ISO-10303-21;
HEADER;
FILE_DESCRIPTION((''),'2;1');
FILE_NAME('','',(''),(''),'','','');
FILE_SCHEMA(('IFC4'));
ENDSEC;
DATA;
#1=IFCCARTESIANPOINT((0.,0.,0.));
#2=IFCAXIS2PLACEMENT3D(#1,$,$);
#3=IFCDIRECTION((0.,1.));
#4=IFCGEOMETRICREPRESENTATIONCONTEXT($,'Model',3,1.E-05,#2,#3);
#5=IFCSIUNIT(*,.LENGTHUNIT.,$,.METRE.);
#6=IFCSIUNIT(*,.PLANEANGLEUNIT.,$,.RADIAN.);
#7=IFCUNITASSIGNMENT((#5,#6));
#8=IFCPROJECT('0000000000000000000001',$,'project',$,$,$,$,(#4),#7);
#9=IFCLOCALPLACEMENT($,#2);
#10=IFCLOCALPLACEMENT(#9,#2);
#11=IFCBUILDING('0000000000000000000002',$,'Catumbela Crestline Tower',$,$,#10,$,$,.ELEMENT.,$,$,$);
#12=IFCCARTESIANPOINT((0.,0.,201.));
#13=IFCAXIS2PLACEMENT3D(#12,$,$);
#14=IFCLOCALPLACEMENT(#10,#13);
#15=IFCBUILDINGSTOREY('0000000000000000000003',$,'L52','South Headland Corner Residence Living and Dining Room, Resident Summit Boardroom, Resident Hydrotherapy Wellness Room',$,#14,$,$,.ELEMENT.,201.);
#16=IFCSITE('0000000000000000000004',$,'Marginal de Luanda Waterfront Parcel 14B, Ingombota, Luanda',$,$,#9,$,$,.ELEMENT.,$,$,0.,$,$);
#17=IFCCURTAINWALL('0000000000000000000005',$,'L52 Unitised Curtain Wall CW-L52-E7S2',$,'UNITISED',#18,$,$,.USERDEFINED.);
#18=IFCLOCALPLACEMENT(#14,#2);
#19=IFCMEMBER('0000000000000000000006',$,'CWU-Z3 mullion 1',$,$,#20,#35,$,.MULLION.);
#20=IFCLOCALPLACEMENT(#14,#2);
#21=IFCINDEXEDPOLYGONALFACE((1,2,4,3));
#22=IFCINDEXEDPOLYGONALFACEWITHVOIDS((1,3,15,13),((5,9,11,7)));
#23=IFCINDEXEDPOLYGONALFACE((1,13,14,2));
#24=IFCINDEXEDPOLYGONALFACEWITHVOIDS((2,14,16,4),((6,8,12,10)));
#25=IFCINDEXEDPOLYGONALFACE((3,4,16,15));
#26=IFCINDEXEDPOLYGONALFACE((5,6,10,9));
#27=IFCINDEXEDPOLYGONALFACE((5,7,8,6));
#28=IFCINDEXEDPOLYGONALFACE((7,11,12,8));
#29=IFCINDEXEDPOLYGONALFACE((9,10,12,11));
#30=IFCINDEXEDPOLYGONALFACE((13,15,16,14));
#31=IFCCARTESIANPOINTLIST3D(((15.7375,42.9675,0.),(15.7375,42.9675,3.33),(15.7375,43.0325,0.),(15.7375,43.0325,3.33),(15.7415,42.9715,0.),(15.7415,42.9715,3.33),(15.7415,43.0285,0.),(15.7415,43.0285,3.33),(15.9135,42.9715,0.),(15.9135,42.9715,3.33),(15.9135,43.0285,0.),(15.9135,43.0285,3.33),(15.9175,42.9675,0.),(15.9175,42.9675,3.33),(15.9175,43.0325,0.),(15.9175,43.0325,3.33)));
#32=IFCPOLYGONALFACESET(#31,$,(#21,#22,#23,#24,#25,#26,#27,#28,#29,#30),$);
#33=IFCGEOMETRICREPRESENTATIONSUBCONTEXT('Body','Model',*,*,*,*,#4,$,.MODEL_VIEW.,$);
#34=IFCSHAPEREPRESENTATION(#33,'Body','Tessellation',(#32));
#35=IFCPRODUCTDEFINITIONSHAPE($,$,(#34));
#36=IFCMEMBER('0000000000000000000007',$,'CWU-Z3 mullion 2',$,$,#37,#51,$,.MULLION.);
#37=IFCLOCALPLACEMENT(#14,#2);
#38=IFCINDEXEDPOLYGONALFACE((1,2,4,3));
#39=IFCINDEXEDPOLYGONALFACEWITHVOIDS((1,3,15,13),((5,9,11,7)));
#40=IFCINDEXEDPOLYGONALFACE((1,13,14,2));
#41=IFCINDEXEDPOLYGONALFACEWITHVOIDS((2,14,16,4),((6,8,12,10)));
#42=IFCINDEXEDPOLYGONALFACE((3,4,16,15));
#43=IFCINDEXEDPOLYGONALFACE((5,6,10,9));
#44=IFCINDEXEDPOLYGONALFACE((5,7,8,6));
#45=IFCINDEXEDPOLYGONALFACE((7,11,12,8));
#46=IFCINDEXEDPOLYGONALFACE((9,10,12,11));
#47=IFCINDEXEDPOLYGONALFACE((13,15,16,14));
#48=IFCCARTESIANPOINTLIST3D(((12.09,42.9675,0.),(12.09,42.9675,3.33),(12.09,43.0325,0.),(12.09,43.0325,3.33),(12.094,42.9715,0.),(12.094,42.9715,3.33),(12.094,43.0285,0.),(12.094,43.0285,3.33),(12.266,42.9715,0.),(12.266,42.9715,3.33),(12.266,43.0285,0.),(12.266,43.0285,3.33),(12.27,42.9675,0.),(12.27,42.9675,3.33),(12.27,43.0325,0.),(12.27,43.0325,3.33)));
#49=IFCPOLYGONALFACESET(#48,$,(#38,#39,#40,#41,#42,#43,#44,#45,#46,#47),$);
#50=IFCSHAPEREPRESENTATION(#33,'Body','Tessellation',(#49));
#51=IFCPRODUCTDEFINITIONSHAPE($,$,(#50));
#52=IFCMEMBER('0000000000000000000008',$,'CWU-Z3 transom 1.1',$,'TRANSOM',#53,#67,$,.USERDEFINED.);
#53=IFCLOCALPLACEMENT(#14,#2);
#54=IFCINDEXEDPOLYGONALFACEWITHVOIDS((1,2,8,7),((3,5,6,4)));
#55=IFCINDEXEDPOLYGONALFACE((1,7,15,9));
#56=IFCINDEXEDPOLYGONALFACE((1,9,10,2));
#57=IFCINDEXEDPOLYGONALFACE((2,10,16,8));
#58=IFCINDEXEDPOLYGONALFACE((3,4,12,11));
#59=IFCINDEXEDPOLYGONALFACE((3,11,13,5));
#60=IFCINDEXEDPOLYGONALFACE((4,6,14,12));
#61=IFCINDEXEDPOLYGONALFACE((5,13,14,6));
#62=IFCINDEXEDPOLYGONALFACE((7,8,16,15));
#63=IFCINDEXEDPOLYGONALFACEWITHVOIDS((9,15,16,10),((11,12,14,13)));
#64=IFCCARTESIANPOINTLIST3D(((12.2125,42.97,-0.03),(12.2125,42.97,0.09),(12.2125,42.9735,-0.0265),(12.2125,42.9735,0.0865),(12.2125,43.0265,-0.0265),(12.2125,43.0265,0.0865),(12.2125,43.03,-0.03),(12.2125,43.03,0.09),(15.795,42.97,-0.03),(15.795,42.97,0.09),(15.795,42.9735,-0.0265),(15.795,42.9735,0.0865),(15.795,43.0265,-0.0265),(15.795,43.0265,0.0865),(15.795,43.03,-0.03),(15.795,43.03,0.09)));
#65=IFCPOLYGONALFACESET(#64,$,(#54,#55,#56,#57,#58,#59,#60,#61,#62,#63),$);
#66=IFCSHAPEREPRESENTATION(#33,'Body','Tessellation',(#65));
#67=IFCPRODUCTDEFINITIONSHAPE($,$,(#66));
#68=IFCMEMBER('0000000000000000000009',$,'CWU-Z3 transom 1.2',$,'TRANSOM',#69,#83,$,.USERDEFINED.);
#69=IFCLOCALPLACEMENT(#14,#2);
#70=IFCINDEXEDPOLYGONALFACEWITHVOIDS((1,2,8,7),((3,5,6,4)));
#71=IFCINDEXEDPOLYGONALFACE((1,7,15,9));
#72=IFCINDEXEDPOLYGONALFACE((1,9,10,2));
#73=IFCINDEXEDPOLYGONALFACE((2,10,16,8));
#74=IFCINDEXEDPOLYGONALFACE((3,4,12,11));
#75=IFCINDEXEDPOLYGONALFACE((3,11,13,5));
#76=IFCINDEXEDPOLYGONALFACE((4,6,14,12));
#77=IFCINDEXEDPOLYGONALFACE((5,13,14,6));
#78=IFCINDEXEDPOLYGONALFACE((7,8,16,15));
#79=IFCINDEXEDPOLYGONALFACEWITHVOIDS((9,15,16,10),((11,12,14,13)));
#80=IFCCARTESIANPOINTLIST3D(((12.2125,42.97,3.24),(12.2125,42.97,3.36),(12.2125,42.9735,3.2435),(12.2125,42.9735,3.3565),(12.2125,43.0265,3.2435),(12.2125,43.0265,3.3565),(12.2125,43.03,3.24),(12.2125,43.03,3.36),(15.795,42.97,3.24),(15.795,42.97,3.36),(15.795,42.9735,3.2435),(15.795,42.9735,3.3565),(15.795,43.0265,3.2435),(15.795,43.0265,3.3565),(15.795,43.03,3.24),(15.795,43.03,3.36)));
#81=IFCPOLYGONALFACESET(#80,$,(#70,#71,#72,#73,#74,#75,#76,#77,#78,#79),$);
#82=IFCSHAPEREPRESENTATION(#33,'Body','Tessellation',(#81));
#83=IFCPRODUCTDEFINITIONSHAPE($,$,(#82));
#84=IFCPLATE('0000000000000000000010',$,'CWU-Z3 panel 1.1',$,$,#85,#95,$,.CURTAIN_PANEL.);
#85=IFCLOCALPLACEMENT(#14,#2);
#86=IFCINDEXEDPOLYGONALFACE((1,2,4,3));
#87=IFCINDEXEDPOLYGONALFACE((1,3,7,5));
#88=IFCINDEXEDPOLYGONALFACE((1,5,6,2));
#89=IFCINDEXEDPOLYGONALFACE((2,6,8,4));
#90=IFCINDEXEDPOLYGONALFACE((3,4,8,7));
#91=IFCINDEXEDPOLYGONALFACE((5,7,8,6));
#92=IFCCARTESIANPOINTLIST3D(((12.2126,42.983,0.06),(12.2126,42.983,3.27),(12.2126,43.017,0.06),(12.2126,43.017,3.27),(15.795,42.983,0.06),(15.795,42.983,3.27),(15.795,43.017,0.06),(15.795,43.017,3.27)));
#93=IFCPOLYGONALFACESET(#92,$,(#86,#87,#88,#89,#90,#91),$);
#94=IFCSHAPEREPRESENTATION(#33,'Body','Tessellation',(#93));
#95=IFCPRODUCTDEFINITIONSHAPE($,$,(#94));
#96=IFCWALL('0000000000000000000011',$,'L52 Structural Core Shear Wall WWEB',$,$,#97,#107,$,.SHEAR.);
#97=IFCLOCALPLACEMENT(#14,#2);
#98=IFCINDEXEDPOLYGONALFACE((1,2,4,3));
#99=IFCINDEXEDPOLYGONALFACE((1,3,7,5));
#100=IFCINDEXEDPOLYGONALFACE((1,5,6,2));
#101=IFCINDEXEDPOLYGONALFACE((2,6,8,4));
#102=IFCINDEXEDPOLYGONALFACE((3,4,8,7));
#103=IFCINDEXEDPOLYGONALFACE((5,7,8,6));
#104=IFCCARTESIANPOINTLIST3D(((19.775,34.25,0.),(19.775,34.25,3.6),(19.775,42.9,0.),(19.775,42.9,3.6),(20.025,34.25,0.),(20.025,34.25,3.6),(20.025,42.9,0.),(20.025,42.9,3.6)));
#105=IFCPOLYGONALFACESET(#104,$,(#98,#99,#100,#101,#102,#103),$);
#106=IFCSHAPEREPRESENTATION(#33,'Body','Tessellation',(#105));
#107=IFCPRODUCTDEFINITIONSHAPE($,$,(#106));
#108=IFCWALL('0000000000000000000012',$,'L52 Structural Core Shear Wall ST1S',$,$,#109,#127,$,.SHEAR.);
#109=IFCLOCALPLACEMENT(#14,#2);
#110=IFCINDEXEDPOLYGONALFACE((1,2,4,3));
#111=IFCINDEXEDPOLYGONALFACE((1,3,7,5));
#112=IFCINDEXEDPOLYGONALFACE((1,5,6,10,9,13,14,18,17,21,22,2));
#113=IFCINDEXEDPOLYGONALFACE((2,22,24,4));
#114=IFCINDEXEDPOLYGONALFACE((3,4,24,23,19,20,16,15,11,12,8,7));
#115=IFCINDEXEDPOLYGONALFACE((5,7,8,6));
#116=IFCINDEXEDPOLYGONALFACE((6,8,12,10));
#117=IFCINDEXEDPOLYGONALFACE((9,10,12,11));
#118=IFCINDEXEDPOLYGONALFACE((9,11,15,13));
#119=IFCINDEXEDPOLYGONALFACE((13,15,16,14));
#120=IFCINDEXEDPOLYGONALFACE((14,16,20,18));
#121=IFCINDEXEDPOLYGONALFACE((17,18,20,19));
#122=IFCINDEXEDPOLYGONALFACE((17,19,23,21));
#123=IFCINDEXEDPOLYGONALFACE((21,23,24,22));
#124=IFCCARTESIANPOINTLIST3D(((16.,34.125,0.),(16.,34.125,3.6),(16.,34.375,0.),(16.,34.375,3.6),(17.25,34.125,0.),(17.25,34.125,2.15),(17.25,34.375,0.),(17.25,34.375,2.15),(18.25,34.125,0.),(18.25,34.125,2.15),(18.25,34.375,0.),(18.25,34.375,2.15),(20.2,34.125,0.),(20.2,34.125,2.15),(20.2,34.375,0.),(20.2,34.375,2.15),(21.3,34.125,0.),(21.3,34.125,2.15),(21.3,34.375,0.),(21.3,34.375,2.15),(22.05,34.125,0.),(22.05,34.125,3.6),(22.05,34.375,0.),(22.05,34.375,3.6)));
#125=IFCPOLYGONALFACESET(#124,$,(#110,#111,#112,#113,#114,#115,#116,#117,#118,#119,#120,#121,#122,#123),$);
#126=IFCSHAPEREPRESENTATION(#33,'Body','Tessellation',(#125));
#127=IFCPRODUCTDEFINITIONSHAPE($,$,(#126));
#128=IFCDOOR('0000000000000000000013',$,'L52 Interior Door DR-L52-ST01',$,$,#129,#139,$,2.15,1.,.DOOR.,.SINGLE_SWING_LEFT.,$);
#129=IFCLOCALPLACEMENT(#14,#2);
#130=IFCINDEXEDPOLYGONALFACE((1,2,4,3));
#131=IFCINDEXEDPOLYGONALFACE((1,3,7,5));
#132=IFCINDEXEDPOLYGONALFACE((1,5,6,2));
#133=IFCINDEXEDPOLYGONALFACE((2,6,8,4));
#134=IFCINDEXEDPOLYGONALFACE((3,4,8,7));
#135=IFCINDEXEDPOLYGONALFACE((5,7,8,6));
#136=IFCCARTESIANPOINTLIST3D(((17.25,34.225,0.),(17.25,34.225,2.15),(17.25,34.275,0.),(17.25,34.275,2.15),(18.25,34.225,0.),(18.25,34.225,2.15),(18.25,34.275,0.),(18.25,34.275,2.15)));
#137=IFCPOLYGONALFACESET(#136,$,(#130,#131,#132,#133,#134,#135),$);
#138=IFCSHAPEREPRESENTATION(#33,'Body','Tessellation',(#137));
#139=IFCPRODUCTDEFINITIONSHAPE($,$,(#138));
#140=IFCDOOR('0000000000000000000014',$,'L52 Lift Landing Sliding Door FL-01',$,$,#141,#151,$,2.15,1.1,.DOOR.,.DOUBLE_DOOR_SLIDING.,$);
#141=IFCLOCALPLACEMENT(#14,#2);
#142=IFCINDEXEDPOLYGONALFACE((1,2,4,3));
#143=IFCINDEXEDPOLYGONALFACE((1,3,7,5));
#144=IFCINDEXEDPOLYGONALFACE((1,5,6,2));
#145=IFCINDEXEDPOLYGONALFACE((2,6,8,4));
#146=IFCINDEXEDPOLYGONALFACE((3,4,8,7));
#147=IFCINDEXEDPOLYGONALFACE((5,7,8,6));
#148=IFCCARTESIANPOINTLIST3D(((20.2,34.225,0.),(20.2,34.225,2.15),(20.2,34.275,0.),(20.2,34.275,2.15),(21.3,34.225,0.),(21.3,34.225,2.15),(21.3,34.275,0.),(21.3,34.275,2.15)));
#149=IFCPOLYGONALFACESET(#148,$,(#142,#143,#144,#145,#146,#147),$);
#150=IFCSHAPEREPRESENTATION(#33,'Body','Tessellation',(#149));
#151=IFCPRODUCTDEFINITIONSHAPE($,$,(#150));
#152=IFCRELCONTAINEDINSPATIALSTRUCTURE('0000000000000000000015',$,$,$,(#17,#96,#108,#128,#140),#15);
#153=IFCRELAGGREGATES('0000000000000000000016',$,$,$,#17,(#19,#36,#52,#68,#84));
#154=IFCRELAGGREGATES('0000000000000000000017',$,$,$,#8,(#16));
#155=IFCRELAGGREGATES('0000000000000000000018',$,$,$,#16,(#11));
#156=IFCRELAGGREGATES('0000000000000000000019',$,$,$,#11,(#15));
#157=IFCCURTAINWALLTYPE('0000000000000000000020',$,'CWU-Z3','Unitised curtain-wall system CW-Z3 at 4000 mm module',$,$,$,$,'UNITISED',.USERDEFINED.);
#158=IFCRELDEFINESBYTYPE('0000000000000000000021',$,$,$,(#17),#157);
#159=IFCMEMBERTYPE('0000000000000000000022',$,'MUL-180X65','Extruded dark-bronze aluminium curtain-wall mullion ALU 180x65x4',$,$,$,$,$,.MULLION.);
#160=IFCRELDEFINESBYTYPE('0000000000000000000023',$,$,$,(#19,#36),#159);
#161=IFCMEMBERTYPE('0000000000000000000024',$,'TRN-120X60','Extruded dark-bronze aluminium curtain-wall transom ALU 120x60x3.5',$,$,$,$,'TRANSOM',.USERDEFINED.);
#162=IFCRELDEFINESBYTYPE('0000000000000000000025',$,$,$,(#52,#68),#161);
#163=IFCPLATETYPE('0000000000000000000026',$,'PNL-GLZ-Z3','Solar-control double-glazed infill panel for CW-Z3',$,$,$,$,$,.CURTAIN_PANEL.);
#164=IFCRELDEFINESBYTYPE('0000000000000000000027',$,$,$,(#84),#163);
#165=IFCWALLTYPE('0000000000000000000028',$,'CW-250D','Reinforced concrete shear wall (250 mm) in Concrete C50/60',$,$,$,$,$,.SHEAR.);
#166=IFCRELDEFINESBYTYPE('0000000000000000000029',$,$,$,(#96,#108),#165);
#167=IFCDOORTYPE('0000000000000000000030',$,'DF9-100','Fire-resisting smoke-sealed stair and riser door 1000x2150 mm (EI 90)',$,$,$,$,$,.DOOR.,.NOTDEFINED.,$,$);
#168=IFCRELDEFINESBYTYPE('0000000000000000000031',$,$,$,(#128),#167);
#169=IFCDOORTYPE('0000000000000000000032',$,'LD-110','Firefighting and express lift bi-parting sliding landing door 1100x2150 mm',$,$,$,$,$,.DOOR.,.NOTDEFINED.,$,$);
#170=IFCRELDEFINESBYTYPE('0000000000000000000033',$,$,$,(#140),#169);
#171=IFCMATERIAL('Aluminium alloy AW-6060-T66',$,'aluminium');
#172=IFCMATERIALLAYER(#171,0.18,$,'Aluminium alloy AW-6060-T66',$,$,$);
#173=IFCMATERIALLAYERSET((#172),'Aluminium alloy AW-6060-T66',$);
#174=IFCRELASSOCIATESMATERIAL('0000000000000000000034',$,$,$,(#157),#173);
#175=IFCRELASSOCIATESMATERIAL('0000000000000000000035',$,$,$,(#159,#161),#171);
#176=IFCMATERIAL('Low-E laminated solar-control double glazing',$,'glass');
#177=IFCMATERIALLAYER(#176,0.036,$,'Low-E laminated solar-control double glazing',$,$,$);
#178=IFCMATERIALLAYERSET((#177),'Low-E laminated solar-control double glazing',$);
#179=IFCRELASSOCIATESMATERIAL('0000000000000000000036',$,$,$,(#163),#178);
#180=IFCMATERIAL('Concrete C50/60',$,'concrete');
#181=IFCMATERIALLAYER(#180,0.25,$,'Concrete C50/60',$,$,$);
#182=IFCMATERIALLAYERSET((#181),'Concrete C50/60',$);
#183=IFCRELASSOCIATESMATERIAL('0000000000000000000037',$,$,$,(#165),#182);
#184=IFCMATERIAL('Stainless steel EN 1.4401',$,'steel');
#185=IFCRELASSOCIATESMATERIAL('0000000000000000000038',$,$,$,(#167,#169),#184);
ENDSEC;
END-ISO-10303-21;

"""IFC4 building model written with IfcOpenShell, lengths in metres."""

from ifc_helpers import new_model, si_unit, direction, frame, frame_2d, origin, origin_2d, place, context, subcontext, project, spatial, rectangle, hollow_rectangle, extrude, material, layer, layer_set, material_profile, profile_set, type_object, element, fill, aggregate, save


model = new_model("IFC4")

# Units and contexts
model_context = context("Model", 3, precision=1e-05, world=origin(), true_north=direction((0.0, 1.0)))
body_context = subcontext(model_context, "Body", "Model", "MODEL_VIEW")
ifc_project = project(units=[si_unit("LENGTHUNIT", "METRE"), si_unit("PLANEANGLEUNIT", "RADIAN")], contexts=[model_context])

# Site, building, storey
site_placement = place(None, origin())
site = spatial("IfcSite", under=ifc_project, at=site_placement, Name="Marginal de Luanda Waterfront Parcel 14B, Ingombota, Luanda", CompositionType="ELEMENT", RefElevation=0.0)
building_placement = place(site_placement, origin())
building = spatial("IfcBuilding", under=site, at=building_placement, Name="Catumbela Crestline Tower", CompositionType="ELEMENT")
storey_placement = place(building_placement, frame((0.0, 0.0, 201.0)))
storey = spatial("IfcBuildingStorey", under=building, at=storey_placement, Name="L52", Description="South Headland Corner Residence Living and Dining Room, Resident Summit Boardroom, Resident Hydrotherapy Wellness Room", CompositionType="ELEMENT", Elevation=201.0)

# Curtain wall, members, plate
ifc_material_1 = material(Name="Aluminium alloy AW-6060-T66", Category="aluminium")
ifc_layer_1 = layer(ifc_material_1, 0.18, Name="Aluminium alloy AW-6060-T66")
ifc_layer_set_1 = layer_set([ifc_layer_1], Name="Aluminium alloy AW-6060-T66")
curtain_wall_type = type_object("IfcCurtainWallType", Name="CWU-Z3", Description="Unitised curtain-wall system CW-Z3 at 4000 mm module", ElementType="UNITISED", PredefinedType="USERDEFINED", material=ifc_layer_set_1)
curtain_wall_placement = place(storey_placement, origin())
curtain_wall = element("IfcCurtainWall", 1, at=curtain_wall_placement, inside=storey, type_object=curtain_wall_type, Name="L52 Unitised Curtain Wall CW-L52-E7S2", ObjectType="UNITISED", PredefinedType="USERDEFINED")
ifc_material_profile_1 = material_profile(ifc_material_1, hollow_rectangle(XDim=0.065, YDim=0.18, WallThickness=0.004, at=origin_2d()), Name="ALU 180x65x4")
ifc_profile_set_1 = profile_set([ifc_material_profile_1], Name="Aluminium alloy AW-6060-T66")
member_type_1 = type_object("IfcMemberType", Name="MUL-180X65", Description="Extruded dark-bronze aluminium curtain-wall mullion ALU 180x65x4", PredefinedType="MULLION", material=ifc_profile_set_1)
member_1_placement = place(storey_placement, frame((15.8275, 43.0, 0.0), z_axis=(0.0, 0.0, 1.0), x_axis=(0.0, -1.0, 0.0)))
member_1 = element("IfcMember", 2, at=member_1_placement, type_object=member_type_1, Name="CWU-Z3 mullion 1", PredefinedType="MULLION", context=body_context, shape_type="SweptSolid", body=[
    extrude(hollow_rectangle(XDim=0.065, YDim=0.18, WallThickness=0.004, at=origin_2d()), origin(), (0.0, 0.0, 1.0), 3.33),
])
member_2_placement = place(storey_placement, frame((12.18, 43.0, 0.0), z_axis=(0.0, 0.0, 1.0), x_axis=(0.0, -1.0, 0.0)))
member_2 = element("IfcMember", 3, at=member_2_placement, type_object=member_type_1, Name="CWU-Z3 mullion 2", PredefinedType="MULLION", context=body_context, shape_type="SweptSolid", body=[
    extrude(hollow_rectangle(XDim=0.065, YDim=0.18, WallThickness=0.004, at=origin_2d()), origin(), (0.0, 0.0, 1.0), 3.33),
])
ifc_material_profile_2 = material_profile(ifc_material_1, hollow_rectangle(XDim=0.06, YDim=0.12, WallThickness=0.0035, at=origin_2d()), Name="ALU 120x60x3.5")
ifc_profile_set_2 = profile_set([ifc_material_profile_2], Name="Aluminium alloy AW-6060-T66")
member_type_2 = type_object("IfcMemberType", Name="TRN-120X60", Description="Extruded dark-bronze aluminium curtain-wall transom ALU 120x60x3.5", ElementType="TRANSOM", PredefinedType="USERDEFINED", material=ifc_profile_set_2)
member_3_placement = place(storey_placement, frame((15.795, 43.0, 0.03), z_axis=(-1.0, 0.0, 0.0), x_axis=(0.0, -1.0, 0.0)))
member_3 = element("IfcMember", 4, at=member_3_placement, type_object=member_type_2, Name="CWU-Z3 transom 1.1", ObjectType="TRANSOM", PredefinedType="USERDEFINED", context=body_context, shape_type="SweptSolid", body=[
    extrude(hollow_rectangle(XDim=0.06, YDim=0.12, WallThickness=0.0035, at=origin_2d()), origin(), (0.0, 0.0, 1.0), 3.5825),
])
member_4_placement = place(storey_placement, frame((15.795, 43.0, 3.3), z_axis=(-1.0, 0.0, 0.0), x_axis=(0.0, -1.0, 0.0)))
member_4 = element("IfcMember", 5, at=member_4_placement, type_object=member_type_2, Name="CWU-Z3 transom 1.2", ObjectType="TRANSOM", PredefinedType="USERDEFINED", context=body_context, shape_type="SweptSolid", body=[
    extrude(hollow_rectangle(XDim=0.06, YDim=0.12, WallThickness=0.0035, at=origin_2d()), origin(), (0.0, 0.0, 1.0), 3.5825),
])
ifc_material_2 = material(Name="Low-E laminated solar-control double glazing", Category="glass")
ifc_layer_2 = layer(ifc_material_2, 0.036, Name="Low-E laminated solar-control double glazing")
ifc_layer_set_2 = layer_set([ifc_layer_2], Name="Low-E laminated solar-control double glazing")
plate_type = type_object("IfcPlateType", Name="PNL-GLZ-Z3", Description="Solar-control double-glazed infill panel for CW-Z3", PredefinedType="CURTAIN_PANEL", material=ifc_layer_set_2)
plate_placement = place(storey_placement, frame((14.0038, 43.0, 0.06), z_axis=(0.0, 0.0, 1.0), x_axis=(-1.0, 0.0, 0.0)))
plate = element("IfcPlate", 6, at=plate_placement, type_object=plate_type, Name="CWU-Z3 panel 1.1", PredefinedType="CURTAIN_PANEL", context=body_context, shape_type="SweptSolid", body=[
    extrude(rectangle(XDim=3.5825, YDim=0.034, at=origin_2d()), origin(), (0.0, 0.0, 1.0), 3.21),
])
aggregate(curtain_wall, [member_1, member_2, member_3, member_4, plate])

# Wall
ifc_material_3 = material(Name="Concrete C50/60", Category="concrete")
ifc_layer_3 = layer(ifc_material_3, 0.25, Name="Concrete C50/60")
ifc_layer_set_3 = layer_set([ifc_layer_3], Name="Concrete C50/60")
wall_type_1 = type_object("IfcWallType", Name="CW-250D", Description="Reinforced concrete shear wall (250 mm) in Concrete C50/60", PredefinedType="SHEAR", material=ifc_layer_set_3)
wall_1_placement = place(storey_placement, frame((19.9, 34.25, 0.0), z_axis=(0.0, 0.0, 1.0), x_axis=(0.0, 1.0, 0.0)))
element("IfcWall", 7, at=wall_1_placement, inside=storey, type_object=wall_type_1, Name="L52 Structural Core Shear Wall WWEB", PredefinedType="SHEAR", context=body_context, shape_type="SweptSolid", body=[
    extrude(rectangle(XDim=8.65, YDim=0.25, at=frame_2d((4.325, 0.0))), origin(), (0.0, 0.0, 1.0), 3.6),
])

# Wall, openings, doors
wall_2_placement = place(storey_placement, frame((16.0, 34.25, 0.0), z_axis=(0.0, 0.0, 1.0), x_axis=(1.0, 0.0, 0.0)))
wall_2 = element("IfcWall", 8, at=wall_2_placement, inside=storey, type_object=wall_type_1, Name="L52 Structural Core Shear Wall ST1S", PredefinedType="SHEAR", context=body_context, shape_type="SweptSolid", body=[
    extrude(rectangle(XDim=6.05, YDim=0.25, at=frame_2d((3.025, 0.0))), origin(), (0.0, 0.0, 1.0), 3.6),
])
opening_1_placement = place(wall_2_placement, frame((1.25, 0.0, 0.0)))
opening_1 = element("IfcOpeningElement", 9, at=opening_1_placement, cuts=wall_2, PredefinedType="OPENING", context=body_context, shape_type="SweptSolid", body=[
    extrude(rectangle(XDim=1.0, YDim=2.15, at=frame_2d((0.5, 1.075))), frame((0.0, 0.135, 0.0), z_axis=(0.0, -1.0, 0.0), x_axis=(1.0, 0.0, 0.0)), (0.0, 0.0, 1.0), 0.27),
])
opening_2_placement = place(wall_2_placement, frame((4.2, 0.0, 0.0)))
opening_2 = element("IfcOpeningElement", 10, at=opening_2_placement, cuts=wall_2, PredefinedType="OPENING", context=body_context, shape_type="SweptSolid", body=[
    extrude(rectangle(XDim=1.1, YDim=2.15, at=frame_2d((0.55, 1.075))), frame((0.0, 0.135, 0.0), z_axis=(0.0, -1.0, 0.0), x_axis=(1.0, 0.0, 0.0)), (0.0, 0.0, 1.0), 0.27),
])
ifc_material_4 = material(Name="Stainless steel EN 1.4401", Category="steel")
door_type_1 = type_object("IfcDoorType", Name="DF9-100", Description="Fire-resisting smoke-sealed stair and riser door 1000x2150 mm (EI 90)", OperationType="NOTDEFINED", PredefinedType="DOOR", material=ifc_material_4)
door_1_placement = place(opening_1_placement, origin())
door_1 = element("IfcDoor", 11, at=door_1_placement, inside=storey, type_object=door_type_1, Name="L52 Interior Door DR-L52-ST01", OperationType="SINGLE_SWING_LEFT", OverallHeight=2.15, OverallWidth=1.0, PredefinedType="DOOR", context=body_context, shape_type="SweptSolid", body=[
    extrude(rectangle(XDim=1.0, YDim=2.15, at=frame_2d((0.5, 1.075))), frame((0.0, 0.025, 0.0), z_axis=(0.0, -1.0, 0.0), x_axis=(1.0, 0.0, 0.0)), (0.0, 0.0, 1.0), 0.05),
])
fill(opening_1, door_1)
door_type_2 = type_object("IfcDoorType", Name="LD-110", Description="Firefighting and express lift bi-parting sliding landing door 1100x2150 mm", OperationType="NOTDEFINED", PredefinedType="DOOR", material=ifc_material_4)
door_2_placement = place(opening_2_placement, origin())
door_2 = element("IfcDoor", 12, at=door_2_placement, inside=storey, type_object=door_type_2, Name="L52 Lift Landing Sliding Door FL-01", OperationType="DOUBLE_DOOR_SLIDING", OverallHeight=2.15, OverallWidth=1.1, PredefinedType="DOOR", context=body_context, shape_type="SweptSolid", body=[
    extrude(rectangle(XDim=1.1, YDim=2.15, at=frame_2d((0.55, 1.075))), frame((0.0, 0.025, 0.0), z_axis=(0.0, -1.0, 0.0), x_axis=(1.0, 0.0, 0.0)), (0.0, 0.0, 1.0), 0.05),
])
fill(opening_2, door_2)

save(model, "model.ifc")
